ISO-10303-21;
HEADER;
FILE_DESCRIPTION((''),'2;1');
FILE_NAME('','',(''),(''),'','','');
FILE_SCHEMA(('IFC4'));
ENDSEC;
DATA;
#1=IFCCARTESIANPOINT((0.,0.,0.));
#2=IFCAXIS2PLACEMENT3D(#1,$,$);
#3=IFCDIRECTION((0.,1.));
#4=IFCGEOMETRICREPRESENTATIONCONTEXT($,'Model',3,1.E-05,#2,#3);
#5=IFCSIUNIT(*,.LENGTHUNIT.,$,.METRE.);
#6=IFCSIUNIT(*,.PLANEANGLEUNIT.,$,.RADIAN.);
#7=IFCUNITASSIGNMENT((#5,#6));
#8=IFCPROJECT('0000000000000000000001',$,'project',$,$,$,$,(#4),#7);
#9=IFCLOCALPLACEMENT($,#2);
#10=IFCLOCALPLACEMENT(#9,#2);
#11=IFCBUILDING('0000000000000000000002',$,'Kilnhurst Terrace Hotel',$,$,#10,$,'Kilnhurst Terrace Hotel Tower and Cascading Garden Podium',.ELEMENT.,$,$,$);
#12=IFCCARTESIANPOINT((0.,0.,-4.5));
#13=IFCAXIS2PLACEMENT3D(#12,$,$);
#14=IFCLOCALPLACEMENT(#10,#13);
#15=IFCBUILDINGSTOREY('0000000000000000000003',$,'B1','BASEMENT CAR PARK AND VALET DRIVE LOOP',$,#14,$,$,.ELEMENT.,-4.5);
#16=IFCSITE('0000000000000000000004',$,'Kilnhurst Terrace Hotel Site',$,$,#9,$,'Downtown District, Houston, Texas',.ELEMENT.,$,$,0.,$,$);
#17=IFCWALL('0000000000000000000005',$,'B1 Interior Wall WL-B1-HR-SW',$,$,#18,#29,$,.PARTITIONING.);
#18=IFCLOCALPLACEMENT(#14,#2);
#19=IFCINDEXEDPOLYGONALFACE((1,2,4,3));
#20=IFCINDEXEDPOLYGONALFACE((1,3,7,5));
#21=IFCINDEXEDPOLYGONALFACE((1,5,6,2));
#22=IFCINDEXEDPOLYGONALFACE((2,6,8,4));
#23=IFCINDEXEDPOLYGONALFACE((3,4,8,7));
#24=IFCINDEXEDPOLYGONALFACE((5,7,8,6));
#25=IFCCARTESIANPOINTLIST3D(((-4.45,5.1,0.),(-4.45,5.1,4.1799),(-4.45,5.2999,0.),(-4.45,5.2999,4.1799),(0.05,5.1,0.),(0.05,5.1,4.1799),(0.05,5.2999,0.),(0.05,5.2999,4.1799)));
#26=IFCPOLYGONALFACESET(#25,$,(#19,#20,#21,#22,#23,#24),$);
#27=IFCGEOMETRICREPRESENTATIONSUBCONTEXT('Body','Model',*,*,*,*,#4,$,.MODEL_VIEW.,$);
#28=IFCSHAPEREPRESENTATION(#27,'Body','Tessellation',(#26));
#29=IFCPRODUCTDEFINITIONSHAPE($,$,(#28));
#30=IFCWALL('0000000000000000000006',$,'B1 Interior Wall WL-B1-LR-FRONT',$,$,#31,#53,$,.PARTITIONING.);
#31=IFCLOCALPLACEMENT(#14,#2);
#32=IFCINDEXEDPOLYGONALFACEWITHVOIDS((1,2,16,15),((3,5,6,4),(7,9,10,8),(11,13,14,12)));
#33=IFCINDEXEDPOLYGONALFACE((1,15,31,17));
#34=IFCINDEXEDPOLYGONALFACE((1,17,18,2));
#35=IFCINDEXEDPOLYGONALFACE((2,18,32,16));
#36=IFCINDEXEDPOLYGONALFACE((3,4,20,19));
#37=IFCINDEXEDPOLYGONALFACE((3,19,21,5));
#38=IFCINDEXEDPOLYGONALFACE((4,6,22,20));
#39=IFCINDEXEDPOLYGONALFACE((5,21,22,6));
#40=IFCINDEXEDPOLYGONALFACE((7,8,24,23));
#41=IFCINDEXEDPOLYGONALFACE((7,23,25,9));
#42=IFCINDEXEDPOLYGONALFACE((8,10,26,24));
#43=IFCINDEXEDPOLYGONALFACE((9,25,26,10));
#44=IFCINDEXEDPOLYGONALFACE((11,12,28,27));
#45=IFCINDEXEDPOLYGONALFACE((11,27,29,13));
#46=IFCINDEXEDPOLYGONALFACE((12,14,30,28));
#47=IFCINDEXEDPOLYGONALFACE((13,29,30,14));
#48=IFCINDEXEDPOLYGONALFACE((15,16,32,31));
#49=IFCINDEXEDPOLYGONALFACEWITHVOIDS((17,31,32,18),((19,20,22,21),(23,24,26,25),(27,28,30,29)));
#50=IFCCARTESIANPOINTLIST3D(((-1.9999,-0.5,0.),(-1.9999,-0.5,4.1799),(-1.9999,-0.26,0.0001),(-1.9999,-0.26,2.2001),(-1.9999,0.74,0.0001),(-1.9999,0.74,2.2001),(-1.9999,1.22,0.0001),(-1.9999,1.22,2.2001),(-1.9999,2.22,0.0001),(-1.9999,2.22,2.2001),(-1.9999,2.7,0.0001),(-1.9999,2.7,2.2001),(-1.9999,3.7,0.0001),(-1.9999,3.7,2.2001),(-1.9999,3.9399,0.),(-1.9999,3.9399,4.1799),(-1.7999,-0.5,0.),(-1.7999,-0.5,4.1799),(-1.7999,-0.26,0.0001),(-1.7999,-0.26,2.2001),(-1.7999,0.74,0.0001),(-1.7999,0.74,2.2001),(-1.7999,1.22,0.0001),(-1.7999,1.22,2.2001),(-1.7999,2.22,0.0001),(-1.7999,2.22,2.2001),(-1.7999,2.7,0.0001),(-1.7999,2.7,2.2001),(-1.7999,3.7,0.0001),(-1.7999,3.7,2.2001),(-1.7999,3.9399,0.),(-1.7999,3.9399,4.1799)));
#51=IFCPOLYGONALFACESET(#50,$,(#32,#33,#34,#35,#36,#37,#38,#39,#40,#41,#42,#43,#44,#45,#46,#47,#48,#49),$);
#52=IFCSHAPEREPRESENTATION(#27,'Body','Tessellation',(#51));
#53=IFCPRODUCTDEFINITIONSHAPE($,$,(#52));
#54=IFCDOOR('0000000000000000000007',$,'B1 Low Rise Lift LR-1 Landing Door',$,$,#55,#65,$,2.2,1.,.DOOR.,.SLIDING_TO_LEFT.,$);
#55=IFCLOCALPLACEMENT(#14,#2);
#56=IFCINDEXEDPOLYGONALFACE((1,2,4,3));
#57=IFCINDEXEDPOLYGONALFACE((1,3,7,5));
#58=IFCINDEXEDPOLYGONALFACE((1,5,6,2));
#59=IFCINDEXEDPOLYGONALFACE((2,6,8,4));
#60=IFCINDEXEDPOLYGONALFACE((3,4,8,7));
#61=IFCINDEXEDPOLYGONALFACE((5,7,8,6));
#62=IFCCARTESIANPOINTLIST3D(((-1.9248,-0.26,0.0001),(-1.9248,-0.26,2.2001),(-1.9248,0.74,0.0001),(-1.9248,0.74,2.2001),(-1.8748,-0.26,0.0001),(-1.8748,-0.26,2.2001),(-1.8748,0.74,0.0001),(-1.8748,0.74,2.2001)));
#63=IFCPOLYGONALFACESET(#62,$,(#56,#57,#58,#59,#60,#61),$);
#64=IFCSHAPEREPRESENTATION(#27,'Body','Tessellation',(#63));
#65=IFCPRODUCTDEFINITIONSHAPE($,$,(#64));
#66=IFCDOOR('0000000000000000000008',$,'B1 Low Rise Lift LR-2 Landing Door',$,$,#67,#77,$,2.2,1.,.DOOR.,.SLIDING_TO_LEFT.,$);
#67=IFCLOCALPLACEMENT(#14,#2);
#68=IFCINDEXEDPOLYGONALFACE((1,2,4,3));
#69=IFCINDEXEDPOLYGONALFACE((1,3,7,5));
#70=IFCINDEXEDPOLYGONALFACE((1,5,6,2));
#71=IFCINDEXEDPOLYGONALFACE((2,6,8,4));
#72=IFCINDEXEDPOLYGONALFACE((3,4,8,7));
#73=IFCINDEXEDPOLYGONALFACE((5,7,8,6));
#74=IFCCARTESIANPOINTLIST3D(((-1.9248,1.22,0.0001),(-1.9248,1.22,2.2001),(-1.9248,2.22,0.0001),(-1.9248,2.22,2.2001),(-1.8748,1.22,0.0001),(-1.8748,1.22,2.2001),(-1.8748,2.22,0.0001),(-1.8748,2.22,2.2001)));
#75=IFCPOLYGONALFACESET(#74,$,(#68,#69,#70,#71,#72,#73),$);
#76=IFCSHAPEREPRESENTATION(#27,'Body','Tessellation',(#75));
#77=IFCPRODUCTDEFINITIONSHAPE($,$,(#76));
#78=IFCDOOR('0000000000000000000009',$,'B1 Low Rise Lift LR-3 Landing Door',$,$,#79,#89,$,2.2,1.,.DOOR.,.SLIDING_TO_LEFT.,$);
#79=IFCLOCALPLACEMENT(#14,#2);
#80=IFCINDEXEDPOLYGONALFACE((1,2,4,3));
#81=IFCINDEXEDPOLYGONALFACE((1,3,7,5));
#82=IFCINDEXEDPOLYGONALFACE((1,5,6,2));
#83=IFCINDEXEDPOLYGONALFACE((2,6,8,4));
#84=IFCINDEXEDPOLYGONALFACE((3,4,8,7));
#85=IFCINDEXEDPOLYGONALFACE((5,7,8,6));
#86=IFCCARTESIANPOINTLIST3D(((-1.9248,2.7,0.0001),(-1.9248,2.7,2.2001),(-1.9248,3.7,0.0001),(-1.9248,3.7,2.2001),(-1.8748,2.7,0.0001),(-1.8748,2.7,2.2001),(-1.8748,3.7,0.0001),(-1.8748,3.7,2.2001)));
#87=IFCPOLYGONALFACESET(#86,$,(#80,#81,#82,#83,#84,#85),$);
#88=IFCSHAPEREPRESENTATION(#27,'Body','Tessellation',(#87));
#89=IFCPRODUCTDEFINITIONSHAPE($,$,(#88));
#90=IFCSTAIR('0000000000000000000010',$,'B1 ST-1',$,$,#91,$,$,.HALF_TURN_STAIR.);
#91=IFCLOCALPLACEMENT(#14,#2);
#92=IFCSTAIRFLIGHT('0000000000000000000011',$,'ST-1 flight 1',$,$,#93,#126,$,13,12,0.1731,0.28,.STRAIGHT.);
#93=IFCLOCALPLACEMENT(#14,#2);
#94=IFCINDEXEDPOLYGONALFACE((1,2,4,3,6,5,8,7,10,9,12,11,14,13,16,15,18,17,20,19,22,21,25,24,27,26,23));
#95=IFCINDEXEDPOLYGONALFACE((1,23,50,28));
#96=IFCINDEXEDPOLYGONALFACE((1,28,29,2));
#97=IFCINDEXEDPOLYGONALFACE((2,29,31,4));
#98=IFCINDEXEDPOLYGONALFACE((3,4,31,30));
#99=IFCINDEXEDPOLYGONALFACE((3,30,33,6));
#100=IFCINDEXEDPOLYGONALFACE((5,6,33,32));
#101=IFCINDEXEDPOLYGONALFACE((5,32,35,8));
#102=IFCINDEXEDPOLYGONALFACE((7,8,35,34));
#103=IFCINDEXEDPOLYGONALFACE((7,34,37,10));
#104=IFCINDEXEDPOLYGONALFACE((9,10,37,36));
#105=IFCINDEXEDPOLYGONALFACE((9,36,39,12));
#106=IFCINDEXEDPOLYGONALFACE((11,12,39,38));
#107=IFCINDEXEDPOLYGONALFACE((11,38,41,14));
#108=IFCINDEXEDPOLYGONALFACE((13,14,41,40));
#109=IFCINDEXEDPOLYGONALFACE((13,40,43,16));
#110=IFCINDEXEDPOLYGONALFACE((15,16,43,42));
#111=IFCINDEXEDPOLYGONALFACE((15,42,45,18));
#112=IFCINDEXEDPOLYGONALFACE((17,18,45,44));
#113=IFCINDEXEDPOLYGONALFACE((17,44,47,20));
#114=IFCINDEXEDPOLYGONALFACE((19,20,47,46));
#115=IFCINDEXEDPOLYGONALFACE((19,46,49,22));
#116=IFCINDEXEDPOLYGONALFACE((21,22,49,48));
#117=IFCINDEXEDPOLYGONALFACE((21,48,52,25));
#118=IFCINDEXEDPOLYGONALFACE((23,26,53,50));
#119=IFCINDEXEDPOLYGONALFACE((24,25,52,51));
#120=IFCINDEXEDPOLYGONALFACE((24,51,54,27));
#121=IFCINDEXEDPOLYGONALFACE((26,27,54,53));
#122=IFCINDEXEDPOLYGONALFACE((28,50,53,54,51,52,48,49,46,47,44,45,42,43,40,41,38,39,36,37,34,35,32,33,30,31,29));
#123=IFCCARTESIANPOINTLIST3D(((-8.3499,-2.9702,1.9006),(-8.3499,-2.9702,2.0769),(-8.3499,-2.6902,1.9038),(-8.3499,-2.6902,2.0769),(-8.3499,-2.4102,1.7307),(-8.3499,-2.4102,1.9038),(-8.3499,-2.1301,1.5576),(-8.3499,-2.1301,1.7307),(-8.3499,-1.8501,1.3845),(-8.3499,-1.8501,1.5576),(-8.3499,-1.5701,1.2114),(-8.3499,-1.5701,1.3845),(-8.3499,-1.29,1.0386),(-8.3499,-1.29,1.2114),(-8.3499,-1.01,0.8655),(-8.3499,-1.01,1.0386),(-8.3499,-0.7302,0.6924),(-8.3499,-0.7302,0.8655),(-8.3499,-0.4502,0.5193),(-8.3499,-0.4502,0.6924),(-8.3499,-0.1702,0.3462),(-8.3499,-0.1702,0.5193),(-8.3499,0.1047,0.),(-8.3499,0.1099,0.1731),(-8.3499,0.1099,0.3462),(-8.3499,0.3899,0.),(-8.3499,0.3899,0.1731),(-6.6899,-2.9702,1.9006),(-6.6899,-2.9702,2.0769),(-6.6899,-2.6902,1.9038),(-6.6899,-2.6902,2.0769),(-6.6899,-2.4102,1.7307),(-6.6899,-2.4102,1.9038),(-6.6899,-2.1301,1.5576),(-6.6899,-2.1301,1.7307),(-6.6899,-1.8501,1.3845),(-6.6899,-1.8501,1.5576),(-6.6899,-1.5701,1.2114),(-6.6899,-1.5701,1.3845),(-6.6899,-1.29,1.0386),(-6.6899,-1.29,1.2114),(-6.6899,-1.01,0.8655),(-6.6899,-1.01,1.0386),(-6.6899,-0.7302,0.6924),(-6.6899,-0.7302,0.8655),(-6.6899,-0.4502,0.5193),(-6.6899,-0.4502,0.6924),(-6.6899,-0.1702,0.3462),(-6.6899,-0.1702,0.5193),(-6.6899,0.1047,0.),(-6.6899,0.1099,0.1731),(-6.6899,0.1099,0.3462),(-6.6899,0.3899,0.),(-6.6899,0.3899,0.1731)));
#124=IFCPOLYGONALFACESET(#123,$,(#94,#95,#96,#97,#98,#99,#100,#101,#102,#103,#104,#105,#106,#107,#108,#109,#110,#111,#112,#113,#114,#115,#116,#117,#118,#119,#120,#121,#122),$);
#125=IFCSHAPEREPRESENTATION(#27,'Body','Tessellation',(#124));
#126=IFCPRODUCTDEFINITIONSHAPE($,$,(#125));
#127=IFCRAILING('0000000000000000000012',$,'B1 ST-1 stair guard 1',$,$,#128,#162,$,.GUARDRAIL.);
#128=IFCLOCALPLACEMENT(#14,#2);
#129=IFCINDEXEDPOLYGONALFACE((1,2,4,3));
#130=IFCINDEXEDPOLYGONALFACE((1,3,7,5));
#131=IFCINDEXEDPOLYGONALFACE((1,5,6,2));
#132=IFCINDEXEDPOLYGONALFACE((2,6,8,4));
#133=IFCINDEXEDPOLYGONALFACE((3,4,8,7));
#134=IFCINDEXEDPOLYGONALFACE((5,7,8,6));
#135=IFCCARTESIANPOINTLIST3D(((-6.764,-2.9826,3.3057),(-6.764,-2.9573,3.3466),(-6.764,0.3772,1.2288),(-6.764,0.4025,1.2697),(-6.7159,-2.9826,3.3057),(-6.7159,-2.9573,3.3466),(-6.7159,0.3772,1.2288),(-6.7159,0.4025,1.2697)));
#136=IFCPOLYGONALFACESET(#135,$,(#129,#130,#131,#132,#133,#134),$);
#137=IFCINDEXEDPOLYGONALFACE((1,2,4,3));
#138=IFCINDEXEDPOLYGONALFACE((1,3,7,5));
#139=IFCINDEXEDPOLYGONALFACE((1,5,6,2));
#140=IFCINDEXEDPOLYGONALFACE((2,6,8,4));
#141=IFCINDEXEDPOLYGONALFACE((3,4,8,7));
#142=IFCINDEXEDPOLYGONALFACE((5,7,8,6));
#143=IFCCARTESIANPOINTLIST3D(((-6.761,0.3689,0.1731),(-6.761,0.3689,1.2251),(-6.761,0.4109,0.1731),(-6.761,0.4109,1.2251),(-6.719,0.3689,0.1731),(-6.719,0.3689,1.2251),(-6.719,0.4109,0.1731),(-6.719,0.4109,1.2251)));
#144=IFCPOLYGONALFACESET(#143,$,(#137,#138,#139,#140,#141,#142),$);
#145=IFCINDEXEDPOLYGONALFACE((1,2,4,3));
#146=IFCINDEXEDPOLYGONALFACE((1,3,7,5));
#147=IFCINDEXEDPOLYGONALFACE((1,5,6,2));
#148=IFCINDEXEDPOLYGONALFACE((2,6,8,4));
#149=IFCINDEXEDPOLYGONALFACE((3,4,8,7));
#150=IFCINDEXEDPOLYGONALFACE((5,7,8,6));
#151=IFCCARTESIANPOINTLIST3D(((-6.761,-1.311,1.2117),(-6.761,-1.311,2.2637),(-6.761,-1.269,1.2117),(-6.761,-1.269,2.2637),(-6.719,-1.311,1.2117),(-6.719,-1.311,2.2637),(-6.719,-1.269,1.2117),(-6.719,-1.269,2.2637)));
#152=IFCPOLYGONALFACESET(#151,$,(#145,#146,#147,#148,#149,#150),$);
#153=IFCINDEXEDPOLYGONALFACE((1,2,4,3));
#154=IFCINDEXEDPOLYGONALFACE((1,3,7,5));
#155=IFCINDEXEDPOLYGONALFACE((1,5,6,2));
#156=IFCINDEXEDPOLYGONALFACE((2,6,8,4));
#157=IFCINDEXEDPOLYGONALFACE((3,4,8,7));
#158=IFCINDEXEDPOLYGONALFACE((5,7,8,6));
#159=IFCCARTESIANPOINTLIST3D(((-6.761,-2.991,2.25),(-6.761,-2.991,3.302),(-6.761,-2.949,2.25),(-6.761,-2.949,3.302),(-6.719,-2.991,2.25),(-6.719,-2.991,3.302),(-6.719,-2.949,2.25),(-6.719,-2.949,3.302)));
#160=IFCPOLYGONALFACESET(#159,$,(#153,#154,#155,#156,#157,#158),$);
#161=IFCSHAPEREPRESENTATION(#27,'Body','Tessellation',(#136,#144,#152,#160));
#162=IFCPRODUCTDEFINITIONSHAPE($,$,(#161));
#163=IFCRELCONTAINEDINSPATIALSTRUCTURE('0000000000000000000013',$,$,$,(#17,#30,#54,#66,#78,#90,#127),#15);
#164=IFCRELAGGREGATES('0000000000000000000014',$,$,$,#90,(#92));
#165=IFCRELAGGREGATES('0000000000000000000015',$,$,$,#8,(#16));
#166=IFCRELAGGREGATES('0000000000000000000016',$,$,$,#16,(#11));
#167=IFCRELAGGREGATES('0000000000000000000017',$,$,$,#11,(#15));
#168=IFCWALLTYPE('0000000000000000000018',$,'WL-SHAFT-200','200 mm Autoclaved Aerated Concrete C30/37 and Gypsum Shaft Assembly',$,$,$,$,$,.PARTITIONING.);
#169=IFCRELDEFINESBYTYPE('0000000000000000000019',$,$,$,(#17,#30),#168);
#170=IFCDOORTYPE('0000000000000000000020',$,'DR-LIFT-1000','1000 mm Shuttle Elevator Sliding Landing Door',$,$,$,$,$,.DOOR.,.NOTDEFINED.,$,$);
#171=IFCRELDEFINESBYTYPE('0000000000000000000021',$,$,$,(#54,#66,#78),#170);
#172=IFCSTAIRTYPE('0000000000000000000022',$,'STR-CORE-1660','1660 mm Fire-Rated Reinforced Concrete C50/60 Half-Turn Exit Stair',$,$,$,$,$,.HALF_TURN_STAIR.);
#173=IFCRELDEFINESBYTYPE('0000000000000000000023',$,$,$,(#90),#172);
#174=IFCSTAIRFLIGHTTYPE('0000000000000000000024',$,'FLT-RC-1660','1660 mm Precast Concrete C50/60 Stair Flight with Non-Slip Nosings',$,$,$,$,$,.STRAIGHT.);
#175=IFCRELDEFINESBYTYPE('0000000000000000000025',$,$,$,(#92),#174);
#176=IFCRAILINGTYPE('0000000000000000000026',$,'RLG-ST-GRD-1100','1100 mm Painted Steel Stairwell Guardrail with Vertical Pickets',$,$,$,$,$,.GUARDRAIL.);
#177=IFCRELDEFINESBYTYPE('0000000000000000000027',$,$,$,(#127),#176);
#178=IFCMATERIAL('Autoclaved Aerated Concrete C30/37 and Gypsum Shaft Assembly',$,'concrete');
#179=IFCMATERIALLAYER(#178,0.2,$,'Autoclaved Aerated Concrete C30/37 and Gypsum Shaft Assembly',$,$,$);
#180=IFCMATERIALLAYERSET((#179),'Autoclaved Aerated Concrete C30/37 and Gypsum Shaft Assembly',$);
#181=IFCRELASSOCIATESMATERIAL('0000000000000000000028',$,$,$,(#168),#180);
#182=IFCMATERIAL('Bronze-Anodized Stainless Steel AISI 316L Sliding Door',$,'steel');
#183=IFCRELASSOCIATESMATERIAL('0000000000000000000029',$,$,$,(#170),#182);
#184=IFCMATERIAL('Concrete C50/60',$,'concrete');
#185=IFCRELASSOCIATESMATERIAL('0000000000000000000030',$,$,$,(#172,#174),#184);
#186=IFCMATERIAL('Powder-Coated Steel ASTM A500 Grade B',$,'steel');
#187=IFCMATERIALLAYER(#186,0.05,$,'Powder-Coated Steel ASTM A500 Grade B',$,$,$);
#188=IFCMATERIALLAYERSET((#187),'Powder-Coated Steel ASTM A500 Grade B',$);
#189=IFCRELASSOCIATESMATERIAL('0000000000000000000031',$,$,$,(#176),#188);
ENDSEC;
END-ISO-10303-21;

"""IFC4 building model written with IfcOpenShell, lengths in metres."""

from ifc_helpers import new_model, si_unit, direction, frame, frame_2d, origin, origin_2d, place, context, subcontext, project, spatial, polyline, rectangle, outline, extrude, material, layer, layer_set, type_object, element, fill, aggregate, save


model = new_model("IFC4")

# Units and contexts
model_context = context("Model", 3, precision=1e-05, world=origin(), true_north=direction((0.0, 1.0)))
body_context = subcontext(model_context, "Body", "Model", "MODEL_VIEW")
ifc_project = project(units=[si_unit("LENGTHUNIT", "METRE"), si_unit("PLANEANGLEUNIT", "RADIAN")], contexts=[model_context])

# Site, building, storey
site_placement = place(None, origin())
site = spatial("IfcSite", under=ifc_project, at=site_placement, Name="Kilnhurst Terrace Hotel Site", LongName="Downtown District, Houston, Texas", CompositionType="ELEMENT", RefElevation=0.0)
building_placement = place(site_placement, origin())
building = spatial("IfcBuilding", under=site, at=building_placement, Name="Kilnhurst Terrace Hotel", LongName="Kilnhurst Terrace Hotel Tower and Cascading Garden Podium", CompositionType="ELEMENT")
storey_placement = place(building_placement, frame((0.0, 0.0, -4.5)))
storey = spatial("IfcBuildingStorey", under=building, at=storey_placement, Name="B1", Description="BASEMENT CAR PARK AND VALET DRIVE LOOP", CompositionType="ELEMENT", Elevation=-4.5)

# Shared definitions
ifc_material_1 = material(Name="Concrete C50/60", Category="concrete")

# Shared definitions
ifc_material_2 = material(Name="Autoclaved Aerated Concrete C30/37 and Gypsum Shaft Assembly", Category="concrete")
ifc_layer_1 = layer(ifc_material_2, 0.2, Name="Autoclaved Aerated Concrete C30/37 and Gypsum Shaft Assembly")
ifc_layer_set_1 = layer_set([ifc_layer_1], Name="Autoclaved Aerated Concrete C30/37 and Gypsum Shaft Assembly")
wall_type_1 = type_object("IfcWallType", Name="WL-SHAFT-200", Description="200 mm Autoclaved Aerated Concrete C30/37 and Gypsum Shaft Assembly", PredefinedType="PARTITIONING", material=ifc_layer_set_1)
ifc_material_3 = material(Name="Bronze-Anodized Stainless Steel AISI 316L Sliding Door", Category="steel")

# Wall
wall_1_placement = place(storey_placement, frame((-4.45, 5.2, 0.0), z_axis=(0.0, 0.0, 1.0), x_axis=(1.0, 0.0, 0.0)))
element("IfcWall", 1, at=wall_1_placement, inside=storey, type_object=wall_type_1, Name="B1 Interior Wall WL-B1-HR-SW", PredefinedType="PARTITIONING", context=body_context, shape_type="SweptSolid", body=[
    extrude(rectangle(XDim=4.5, YDim=0.2, at=frame_2d((2.25, 0.0))), origin(), (0.0, 0.0, 1.0), 4.1799),
])

# Wall, openings, doors
wall_2_placement = place(storey_placement, frame((-1.8999, -0.5, 0.0), z_axis=(0.0, 0.0, 1.0), x_axis=(0.0, 1.0, 0.0)))
wall_2 = element("IfcWall", 2, at=wall_2_placement, inside=storey, type_object=wall_type_1, Name="B1 Interior Wall WL-B1-LR-FRONT", PredefinedType="PARTITIONING", context=body_context, shape_type="SweptSolid", body=[
    extrude(rectangle(XDim=4.4399, YDim=0.2, at=frame_2d((2.22, 0.0))), origin(), (0.0, 0.0, 1.0), 4.1799),
])
opening_1_placement = place(wall_2_placement, frame((0.24, 0.0, 0.0)))
opening_1 = element("IfcOpeningElement", 3, at=opening_1_placement, cuts=wall_2, PredefinedType="OPENING", context=body_context, shape_type="SweptSolid", body=[
    extrude(rectangle(XDim=1.0, YDim=2.2, at=frame_2d((0.5, 1.1001))), frame((0.0, 0.1099, 0.0), z_axis=(0.0, -1.0, 0.0), x_axis=(1.0, 0.0, 0.0)), (0.0, 0.0, 1.0), 0.22),
])
opening_2_placement = place(wall_2_placement, frame((1.72, 0.0, 0.0)))
opening_2 = element("IfcOpeningElement", 4, at=opening_2_placement, cuts=wall_2, PredefinedType="OPENING", context=body_context, shape_type="SweptSolid", body=[
    extrude(rectangle(XDim=1.0, YDim=2.2, at=frame_2d((0.5, 1.1001))), frame((0.0, 0.1099, 0.0), z_axis=(0.0, -1.0, 0.0), x_axis=(1.0, 0.0, 0.0)), (0.0, 0.0, 1.0), 0.22),
])
opening_3_placement = place(wall_2_placement, frame((3.2, 0.0, 0.0)))
opening_3 = element("IfcOpeningElement", 5, at=opening_3_placement, cuts=wall_2, PredefinedType="OPENING", context=body_context, shape_type="SweptSolid", body=[
    extrude(rectangle(XDim=1.0, YDim=2.2, at=frame_2d((0.5, 1.1001))), frame((0.0, 0.1099, 0.0), z_axis=(0.0, -1.0, 0.0), x_axis=(1.0, 0.0, 0.0)), (0.0, 0.0, 1.0), 0.22),
])
door_type_1 = type_object("IfcDoorType", Name="DR-LIFT-1000", Description="1000 mm Shuttle Elevator Sliding Landing Door", OperationType="NOTDEFINED", PredefinedType="DOOR", material=ifc_material_3)
door_1_placement = place(opening_1_placement, origin())
door_1 = element("IfcDoor", 6, at=door_1_placement, inside=storey, type_object=door_type_1, Name="B1 Low Rise Lift LR-1 Landing Door", OperationType="SLIDING_TO_LEFT", OverallHeight=2.2, OverallWidth=1.0, PredefinedType="DOOR", context=body_context, shape_type="SweptSolid", body=[
    extrude(rectangle(XDim=1.0, YDim=2.2, at=frame_2d((0.5, 1.1001))), frame((0.0, 0.0249, 0.0), z_axis=(0.0, -1.0, 0.0), x_axis=(1.0, 0.0, 0.0)), (0.0, 0.0, 1.0), 0.05),
])
fill(opening_1, door_1)
door_2_placement = place(opening_2_placement, origin())
door_2 = element("IfcDoor", 7, at=door_2_placement, inside=storey, type_object=door_type_1, Name="B1 Low Rise Lift LR-2 Landing Door", OperationType="SLIDING_TO_LEFT", OverallHeight=2.2, OverallWidth=1.0, PredefinedType="DOOR", context=body_context, shape_type="SweptSolid", body=[
    extrude(rectangle(XDim=1.0, YDim=2.2, at=frame_2d((0.5, 1.1001))), frame((0.0, 0.0249, 0.0), z_axis=(0.0, -1.0, 0.0), x_axis=(1.0, 0.0, 0.0)), (0.0, 0.0, 1.0), 0.05),
])
fill(opening_2, door_2)
door_3_placement = place(opening_3_placement, origin())
door_3 = element("IfcDoor", 8, at=door_3_placement, inside=storey, type_object=door_type_1, Name="B1 Low Rise Lift LR-3 Landing Door", OperationType="SLIDING_TO_LEFT", OverallHeight=2.2, OverallWidth=1.0, PredefinedType="DOOR", context=body_context, shape_type="SweptSolid", body=[
    extrude(rectangle(XDim=1.0, YDim=2.2, at=frame_2d((0.5, 1.1001))), frame((0.0, 0.0249, 0.0), z_axis=(0.0, -1.0, 0.0), x_axis=(1.0, 0.0, 0.0)), (0.0, 0.0, 1.0), 0.05),
])
fill(opening_3, door_3)

# Stair, stair flight
stair_type = type_object("IfcStairType", Name="STR-CORE-1660", Description="1660 mm Fire-Rated Reinforced Concrete C50/60 Half-Turn Exit Stair", PredefinedType="HALF_TURN_STAIR", material=ifc_material_1)
stair_placement = place(storey_placement, origin())
stair = element("IfcStair", 9, at=stair_placement, inside=storey, type_object=stair_type, Name="B1 ST-1", PredefinedType="HALF_TURN_STAIR")
stair_flight_type = type_object("IfcStairFlightType", Name="FLT-RC-1660", Description="1660 mm Precast Concrete C50/60 Stair Flight with Non-Slip Nosings", PredefinedType="STRAIGHT", material=ifc_material_1)
stair_flight_placement = place(storey_placement, frame((-7.52, 0.3899, 0.0), z_axis=(0.0, 0.0, 1.0), x_axis=(0.0, -1.0, 0.0)))
stair_flight = element("IfcStairFlight", 10, at=stair_flight_placement, type_object=stair_flight_type, Name="ST-1 flight 1", NumberOfRisers=13, NumberOfTreads=12, PredefinedType="STRAIGHT", RiserHeight=0.1731, TreadLength=0.28, context=body_context, shape_type="SweptSolid", body=[
    extrude(outline(polyline([(0.0, 0.0), (0.0, 0.1731), (0.28, 0.1731), (0.28, 0.3462), (0.5601, 0.3462), (0.5601, 0.5193), (0.8401, 0.5193), (0.8401, 0.6924), (1.1201, 0.6924), (1.1201, 0.8655), (1.3999, 0.8655), (1.3999, 1.0386), (1.6799, 1.0386), (1.6799, 1.2114), (1.96, 1.2114), (1.96, 1.3845), (2.24, 1.3845), (2.24, 1.5576), (2.52, 1.5576), (2.52, 1.7307), (2.8, 1.7307), (2.8, 1.9038), (3.0801, 1.9038), (3.0801, 2.0769), (3.3601, 2.0769), (3.3601, 2.25), (3.3601, 1.9006), (0.2852, 0.0), (0.0, 0.0)])), frame((0.0, 0.8301, 0.0), z_axis=(0.0, -1.0, 0.0), x_axis=(1.0, 0.0, 0.0)), (0.0, 0.0, 1.0), 1.6599),
])
aggregate(stair, [stair_flight])

# Railing
ifc_material_4 = material(Name="Powder-Coated Steel ASTM A500 Grade B", Category="steel")
ifc_layer_2 = layer(ifc_material_4, 0.05, Name="Powder-Coated Steel ASTM A500 Grade B")
ifc_layer_set_2 = layer_set([ifc_layer_2], Name="Powder-Coated Steel ASTM A500 Grade B")
railing_type_1 = type_object("IfcRailingType", Name="RLG-ST-GRD-1100", Description="1100 mm Painted Steel Stairwell Guardrail with Vertical Pickets", PredefinedType="GUARDRAIL", material=ifc_layer_set_2)
railing_1_placement = place(storey_placement, frame((-6.74, 0.3899, 0.1731)))
element("IfcRailing", 11, at=railing_1_placement, inside=storey, type_object=railing_type_1, Name="B1 ST-1 stair guard 1", PredefinedType="GUARDRAIL", context=body_context, shape_type="SweptSolid", body=[
    extrude(rectangle(XDim=0.0481, YDim=0.0481, at=origin_2d()), frame((0.0, 0.0, 1.0762), z_axis=(0.0, -0.850606, 0.525803), x_axis=(1.0, 0.0, 0.0)), (0.0, 0.0, 1.0), 3.95),
    extrude(rectangle(XDim=0.042, YDim=0.042, at=origin_2d()), origin(), (0.0, 0.0, 1.0), 1.052),
    extrude(rectangle(XDim=0.042, YDim=0.042, at=origin_2d()), frame((0.0, -1.6799, 1.0386)), (0.0, 0.0, 1.0), 1.052),
    extrude(rectangle(XDim=0.042, YDim=0.042, at=origin_2d()), frame((0.0, -3.3599, 2.0769)), (0.0, 0.0, 1.0), 1.052),
])

save(model, "model.ifc")
